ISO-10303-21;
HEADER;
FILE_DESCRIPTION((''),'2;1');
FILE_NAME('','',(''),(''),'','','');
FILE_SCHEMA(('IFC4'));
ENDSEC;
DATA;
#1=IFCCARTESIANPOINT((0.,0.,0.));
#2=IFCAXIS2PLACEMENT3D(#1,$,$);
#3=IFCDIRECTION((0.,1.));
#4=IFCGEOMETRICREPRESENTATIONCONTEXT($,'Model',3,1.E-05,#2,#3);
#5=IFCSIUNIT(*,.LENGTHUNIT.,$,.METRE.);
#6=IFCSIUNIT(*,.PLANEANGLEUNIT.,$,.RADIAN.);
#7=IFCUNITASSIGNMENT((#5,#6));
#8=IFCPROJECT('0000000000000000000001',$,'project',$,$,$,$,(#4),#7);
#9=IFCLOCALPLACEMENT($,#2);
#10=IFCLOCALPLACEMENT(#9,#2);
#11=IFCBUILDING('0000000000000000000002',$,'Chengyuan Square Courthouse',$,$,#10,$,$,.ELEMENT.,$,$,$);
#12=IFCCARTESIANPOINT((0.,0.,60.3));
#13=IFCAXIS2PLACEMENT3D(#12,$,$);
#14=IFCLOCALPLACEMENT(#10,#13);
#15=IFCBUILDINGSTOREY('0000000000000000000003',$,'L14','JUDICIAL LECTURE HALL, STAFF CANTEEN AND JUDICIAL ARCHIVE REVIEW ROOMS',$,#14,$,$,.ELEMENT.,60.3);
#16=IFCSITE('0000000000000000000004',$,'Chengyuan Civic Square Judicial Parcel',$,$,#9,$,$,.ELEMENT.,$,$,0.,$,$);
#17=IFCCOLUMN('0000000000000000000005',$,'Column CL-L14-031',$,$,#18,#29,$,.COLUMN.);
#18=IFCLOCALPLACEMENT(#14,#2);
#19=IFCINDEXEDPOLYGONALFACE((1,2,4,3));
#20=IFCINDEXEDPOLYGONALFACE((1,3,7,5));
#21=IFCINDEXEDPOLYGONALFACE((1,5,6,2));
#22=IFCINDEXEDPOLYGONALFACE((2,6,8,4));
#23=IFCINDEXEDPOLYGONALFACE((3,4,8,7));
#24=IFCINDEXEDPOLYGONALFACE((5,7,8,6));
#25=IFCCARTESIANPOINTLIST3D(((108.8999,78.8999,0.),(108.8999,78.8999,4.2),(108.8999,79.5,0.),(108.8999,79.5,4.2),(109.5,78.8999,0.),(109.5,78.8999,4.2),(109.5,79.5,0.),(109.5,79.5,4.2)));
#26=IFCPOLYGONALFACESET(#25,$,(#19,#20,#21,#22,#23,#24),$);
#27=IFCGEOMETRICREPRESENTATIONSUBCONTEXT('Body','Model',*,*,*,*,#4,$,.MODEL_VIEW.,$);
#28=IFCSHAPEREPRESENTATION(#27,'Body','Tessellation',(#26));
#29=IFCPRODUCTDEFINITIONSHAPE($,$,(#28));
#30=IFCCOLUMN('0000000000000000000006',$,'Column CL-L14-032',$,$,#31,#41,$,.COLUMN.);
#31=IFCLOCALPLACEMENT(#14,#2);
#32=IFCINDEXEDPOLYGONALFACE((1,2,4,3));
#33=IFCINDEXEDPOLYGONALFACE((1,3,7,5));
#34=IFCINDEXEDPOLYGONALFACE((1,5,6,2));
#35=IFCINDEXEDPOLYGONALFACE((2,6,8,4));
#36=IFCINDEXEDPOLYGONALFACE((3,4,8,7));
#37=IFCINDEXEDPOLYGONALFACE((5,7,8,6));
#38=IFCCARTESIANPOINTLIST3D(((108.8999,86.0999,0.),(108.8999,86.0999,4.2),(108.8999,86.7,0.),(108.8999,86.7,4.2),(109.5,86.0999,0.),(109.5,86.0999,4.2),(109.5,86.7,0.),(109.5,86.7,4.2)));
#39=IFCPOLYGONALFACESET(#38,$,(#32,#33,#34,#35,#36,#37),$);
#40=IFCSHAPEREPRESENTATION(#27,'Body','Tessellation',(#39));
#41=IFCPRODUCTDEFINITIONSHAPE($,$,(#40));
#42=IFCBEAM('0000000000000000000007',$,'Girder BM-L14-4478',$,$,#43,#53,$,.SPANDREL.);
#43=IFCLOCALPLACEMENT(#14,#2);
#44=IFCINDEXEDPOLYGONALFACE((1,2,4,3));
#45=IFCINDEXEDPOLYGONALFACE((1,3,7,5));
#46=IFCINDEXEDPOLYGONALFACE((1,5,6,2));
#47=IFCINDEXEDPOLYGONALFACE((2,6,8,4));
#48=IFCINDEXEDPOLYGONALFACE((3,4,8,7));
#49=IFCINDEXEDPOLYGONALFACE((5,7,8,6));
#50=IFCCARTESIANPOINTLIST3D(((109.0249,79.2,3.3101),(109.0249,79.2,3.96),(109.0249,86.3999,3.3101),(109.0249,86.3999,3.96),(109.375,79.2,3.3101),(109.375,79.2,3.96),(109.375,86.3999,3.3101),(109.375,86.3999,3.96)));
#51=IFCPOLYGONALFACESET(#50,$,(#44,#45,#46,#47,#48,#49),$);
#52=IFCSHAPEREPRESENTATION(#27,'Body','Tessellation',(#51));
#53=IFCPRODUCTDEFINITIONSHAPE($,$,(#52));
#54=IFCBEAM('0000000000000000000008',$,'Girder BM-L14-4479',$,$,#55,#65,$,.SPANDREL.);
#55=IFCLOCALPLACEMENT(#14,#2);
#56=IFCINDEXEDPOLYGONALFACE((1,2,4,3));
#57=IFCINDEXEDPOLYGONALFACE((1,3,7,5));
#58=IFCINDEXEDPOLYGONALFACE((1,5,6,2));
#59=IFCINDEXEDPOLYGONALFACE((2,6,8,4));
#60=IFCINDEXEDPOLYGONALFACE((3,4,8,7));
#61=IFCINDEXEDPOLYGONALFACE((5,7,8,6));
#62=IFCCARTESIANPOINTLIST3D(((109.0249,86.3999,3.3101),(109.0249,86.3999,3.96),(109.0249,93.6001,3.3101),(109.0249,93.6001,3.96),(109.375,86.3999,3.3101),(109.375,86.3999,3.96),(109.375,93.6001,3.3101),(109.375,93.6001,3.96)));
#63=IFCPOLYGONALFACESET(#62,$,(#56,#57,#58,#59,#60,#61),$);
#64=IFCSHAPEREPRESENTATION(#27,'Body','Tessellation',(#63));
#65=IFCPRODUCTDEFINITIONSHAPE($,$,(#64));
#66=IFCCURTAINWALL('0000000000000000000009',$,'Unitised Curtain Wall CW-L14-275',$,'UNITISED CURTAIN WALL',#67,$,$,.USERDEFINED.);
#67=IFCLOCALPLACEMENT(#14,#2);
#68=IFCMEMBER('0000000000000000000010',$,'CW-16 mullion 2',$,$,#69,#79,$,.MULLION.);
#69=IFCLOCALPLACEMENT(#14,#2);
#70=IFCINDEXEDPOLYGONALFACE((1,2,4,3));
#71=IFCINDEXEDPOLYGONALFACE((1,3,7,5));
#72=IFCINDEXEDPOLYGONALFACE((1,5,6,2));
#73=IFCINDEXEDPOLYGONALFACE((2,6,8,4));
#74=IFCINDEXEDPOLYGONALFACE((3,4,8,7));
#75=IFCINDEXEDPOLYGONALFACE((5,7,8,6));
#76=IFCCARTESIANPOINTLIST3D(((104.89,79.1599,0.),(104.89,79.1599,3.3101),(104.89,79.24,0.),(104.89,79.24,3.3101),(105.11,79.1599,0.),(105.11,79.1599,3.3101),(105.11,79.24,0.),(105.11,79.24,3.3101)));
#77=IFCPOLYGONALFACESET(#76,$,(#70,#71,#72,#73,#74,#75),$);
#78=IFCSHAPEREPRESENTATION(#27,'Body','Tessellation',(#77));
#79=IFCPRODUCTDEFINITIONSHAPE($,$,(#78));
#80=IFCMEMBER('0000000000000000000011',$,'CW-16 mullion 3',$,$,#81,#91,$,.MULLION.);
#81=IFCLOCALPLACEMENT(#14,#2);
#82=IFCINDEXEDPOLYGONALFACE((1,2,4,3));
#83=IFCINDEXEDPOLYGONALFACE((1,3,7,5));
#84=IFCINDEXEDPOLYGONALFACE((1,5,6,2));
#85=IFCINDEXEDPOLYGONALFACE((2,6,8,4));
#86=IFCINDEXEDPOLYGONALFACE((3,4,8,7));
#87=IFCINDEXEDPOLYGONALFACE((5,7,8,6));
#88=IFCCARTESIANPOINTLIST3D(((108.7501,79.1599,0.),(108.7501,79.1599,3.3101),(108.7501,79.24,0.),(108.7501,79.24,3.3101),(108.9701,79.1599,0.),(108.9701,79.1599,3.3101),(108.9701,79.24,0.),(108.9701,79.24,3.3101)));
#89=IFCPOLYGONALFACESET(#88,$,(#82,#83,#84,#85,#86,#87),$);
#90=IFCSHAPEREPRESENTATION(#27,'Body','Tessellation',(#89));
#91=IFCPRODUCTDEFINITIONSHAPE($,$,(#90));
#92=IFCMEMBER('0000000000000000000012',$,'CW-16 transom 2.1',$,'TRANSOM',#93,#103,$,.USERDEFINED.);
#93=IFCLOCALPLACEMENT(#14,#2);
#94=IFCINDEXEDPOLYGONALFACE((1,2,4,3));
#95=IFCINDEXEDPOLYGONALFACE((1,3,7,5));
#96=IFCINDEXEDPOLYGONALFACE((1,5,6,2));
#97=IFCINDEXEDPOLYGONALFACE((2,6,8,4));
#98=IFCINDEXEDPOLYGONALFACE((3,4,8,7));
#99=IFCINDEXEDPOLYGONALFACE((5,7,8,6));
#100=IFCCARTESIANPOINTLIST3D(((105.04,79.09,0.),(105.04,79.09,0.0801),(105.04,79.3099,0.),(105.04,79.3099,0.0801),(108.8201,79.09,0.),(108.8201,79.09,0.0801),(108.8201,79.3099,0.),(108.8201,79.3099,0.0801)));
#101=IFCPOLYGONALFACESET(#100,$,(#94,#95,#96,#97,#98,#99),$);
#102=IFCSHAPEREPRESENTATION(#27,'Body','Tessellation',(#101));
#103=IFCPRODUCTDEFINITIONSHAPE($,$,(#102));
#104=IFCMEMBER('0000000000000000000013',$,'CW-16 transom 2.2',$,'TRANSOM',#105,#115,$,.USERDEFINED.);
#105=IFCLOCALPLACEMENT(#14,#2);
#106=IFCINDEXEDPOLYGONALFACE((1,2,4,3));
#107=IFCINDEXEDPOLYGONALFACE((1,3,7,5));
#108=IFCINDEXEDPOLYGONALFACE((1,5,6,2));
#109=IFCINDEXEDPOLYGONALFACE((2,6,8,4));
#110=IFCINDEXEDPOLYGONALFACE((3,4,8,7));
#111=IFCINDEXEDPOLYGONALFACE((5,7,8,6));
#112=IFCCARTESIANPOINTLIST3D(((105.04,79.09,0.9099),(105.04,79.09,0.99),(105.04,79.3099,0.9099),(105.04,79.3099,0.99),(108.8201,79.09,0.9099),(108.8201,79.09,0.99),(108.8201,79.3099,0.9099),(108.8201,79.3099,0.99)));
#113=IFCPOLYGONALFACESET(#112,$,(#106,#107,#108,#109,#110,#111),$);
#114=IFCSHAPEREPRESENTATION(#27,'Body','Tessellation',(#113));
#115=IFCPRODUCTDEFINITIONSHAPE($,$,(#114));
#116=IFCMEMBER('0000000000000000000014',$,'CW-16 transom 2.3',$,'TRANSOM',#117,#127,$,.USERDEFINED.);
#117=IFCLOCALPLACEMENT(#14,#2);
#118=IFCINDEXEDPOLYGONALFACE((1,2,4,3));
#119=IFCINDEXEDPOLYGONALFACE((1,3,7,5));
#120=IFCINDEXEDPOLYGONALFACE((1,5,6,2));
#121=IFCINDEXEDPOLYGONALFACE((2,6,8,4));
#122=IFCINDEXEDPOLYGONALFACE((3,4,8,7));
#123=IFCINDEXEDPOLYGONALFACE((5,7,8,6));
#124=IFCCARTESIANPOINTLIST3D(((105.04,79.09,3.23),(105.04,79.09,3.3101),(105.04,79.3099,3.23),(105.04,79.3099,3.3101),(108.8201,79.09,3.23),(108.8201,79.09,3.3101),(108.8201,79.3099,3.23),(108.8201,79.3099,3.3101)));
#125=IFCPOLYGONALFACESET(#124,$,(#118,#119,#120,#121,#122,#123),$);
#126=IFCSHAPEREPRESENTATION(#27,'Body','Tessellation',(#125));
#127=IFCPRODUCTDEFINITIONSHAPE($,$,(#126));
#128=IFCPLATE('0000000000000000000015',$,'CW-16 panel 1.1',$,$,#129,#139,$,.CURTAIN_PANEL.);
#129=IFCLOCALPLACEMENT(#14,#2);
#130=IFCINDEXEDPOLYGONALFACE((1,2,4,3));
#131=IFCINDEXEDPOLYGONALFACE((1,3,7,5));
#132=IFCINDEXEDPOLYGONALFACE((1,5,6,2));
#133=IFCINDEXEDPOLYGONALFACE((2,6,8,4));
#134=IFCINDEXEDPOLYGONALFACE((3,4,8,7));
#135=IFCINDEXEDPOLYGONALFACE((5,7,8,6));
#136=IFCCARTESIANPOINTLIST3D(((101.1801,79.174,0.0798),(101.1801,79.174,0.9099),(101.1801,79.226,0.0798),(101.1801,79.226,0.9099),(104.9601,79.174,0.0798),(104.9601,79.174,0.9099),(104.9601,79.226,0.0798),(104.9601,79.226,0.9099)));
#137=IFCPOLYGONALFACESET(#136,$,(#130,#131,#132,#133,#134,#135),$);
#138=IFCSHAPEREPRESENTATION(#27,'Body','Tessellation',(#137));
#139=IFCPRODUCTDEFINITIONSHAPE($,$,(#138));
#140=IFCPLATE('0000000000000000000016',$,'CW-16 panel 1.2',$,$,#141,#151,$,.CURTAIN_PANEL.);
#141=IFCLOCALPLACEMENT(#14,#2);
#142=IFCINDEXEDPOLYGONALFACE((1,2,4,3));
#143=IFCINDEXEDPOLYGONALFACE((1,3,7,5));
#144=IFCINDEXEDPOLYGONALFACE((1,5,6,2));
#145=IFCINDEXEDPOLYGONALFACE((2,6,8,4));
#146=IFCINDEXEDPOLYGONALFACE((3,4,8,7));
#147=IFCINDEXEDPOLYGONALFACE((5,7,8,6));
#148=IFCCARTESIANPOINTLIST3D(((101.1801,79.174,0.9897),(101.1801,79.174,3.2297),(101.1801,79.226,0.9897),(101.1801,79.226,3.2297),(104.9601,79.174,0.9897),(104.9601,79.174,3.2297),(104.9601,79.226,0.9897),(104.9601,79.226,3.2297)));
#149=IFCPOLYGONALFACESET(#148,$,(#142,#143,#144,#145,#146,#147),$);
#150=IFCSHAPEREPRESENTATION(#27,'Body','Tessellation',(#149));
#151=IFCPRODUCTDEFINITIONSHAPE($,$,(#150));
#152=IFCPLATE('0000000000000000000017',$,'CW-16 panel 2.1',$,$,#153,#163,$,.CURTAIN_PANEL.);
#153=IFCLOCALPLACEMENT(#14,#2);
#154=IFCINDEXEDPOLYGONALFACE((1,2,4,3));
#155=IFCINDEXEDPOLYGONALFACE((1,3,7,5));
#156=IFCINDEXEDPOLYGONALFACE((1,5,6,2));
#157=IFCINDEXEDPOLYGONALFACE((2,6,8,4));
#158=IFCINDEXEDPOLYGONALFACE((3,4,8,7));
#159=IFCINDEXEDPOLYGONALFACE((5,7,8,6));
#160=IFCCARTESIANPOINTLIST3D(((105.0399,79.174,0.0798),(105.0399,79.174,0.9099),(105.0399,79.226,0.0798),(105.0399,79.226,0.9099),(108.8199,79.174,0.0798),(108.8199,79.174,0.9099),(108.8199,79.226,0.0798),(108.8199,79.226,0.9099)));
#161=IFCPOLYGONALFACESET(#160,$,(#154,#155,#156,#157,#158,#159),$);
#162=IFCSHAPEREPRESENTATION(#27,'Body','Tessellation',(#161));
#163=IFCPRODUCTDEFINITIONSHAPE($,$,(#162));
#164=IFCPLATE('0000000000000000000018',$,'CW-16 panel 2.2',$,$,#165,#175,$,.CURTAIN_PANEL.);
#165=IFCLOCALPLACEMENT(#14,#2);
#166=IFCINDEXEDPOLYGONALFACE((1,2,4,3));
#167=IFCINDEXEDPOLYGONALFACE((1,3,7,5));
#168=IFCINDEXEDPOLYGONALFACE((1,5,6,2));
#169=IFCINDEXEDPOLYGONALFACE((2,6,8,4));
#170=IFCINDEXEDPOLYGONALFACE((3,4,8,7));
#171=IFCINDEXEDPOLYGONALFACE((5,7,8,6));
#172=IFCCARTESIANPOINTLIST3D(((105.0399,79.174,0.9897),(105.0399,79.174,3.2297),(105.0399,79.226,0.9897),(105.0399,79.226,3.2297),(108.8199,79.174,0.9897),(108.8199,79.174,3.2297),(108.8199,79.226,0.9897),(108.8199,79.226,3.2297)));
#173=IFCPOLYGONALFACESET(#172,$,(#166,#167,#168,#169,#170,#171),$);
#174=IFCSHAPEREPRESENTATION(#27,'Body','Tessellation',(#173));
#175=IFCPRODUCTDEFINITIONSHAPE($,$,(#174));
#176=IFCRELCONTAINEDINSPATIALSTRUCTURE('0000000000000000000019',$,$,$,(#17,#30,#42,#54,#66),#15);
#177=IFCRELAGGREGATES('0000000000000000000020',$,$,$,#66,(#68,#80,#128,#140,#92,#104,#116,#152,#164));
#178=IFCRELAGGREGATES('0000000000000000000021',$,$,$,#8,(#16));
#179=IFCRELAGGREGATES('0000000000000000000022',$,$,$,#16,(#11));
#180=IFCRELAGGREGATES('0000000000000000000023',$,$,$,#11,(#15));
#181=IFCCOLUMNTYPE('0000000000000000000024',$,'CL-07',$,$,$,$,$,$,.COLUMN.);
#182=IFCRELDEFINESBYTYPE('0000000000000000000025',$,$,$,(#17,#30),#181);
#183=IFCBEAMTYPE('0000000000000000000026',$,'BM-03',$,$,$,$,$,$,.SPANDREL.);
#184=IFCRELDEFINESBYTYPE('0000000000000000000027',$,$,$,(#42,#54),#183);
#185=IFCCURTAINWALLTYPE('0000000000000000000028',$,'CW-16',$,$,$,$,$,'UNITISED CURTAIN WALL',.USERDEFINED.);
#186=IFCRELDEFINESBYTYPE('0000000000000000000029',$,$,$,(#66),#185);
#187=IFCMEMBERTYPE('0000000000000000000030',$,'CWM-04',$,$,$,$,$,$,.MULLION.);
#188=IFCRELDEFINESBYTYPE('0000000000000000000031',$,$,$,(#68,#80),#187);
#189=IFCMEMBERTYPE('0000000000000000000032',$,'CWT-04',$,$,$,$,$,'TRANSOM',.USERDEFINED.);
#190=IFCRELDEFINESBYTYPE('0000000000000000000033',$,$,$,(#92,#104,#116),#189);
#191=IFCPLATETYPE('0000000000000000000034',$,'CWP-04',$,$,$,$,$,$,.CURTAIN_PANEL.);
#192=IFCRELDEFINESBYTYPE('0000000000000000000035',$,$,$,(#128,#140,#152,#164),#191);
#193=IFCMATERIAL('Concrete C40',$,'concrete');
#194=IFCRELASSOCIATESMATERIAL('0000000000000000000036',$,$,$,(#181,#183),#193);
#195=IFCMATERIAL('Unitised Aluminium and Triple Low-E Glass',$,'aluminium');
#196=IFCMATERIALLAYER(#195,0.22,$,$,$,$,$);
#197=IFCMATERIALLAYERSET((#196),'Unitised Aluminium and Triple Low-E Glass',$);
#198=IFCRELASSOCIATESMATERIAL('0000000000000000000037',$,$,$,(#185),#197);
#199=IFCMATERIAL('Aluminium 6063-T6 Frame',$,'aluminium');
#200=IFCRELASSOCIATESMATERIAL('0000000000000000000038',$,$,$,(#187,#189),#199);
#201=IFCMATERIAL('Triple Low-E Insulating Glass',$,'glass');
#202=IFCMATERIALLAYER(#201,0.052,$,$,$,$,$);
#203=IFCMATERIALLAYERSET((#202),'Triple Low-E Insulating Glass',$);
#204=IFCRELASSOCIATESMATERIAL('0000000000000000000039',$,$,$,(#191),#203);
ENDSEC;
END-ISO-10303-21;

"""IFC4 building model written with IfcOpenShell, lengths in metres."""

from ifc_helpers import new_model, si_unit, direction, frame, origin, origin_2d, place, context, subcontext, project, spatial, rectangle, extrude, material, layer, layer_set, material_profile, profile_set, type_object, element, aggregate, save


model = new_model("IFC4")

# Units and contexts
model_context = context("Model", 3, precision=1e-05, world=origin(), true_north=direction((0.0, 1.0)))
body_context = subcontext(model_context, "Body", "Model", "MODEL_VIEW")
ifc_project = project(units=[si_unit("LENGTHUNIT", "METRE"), si_unit("PLANEANGLEUNIT", "RADIAN")], contexts=[model_context])

# Site, building, storey
site_placement = place(None, origin())
site = spatial("IfcSite", under=ifc_project, at=site_placement, Name="Chengyuan Civic Square Judicial Parcel", CompositionType="ELEMENT", RefElevation=0.0)
building_placement = place(site_placement, origin())
building = spatial("IfcBuilding", under=site, at=building_placement, Name="Chengyuan Square Courthouse", CompositionType="ELEMENT")
storey_placement = place(building_placement, frame((0.0, 0.0, 60.3)))
storey = spatial("IfcBuildingStorey", under=building, at=storey_placement, Name="L14", Description="JUDICIAL LECTURE HALL, STAFF CANTEEN AND JUDICIAL ARCHIVE REVIEW ROOMS", CompositionType="ELEMENT", Elevation=60.3)

# Columns
ifc_material_1 = material(Name="Concrete C40", Category="concrete")
ifc_material_profile_1 = material_profile(ifc_material_1, rectangle(XDim=0.6001, YDim=0.6001, at=origin_2d()), Name="RC-COL-600x600")
ifc_profile_set_1 = profile_set([ifc_material_profile_1], Name="Concrete C40")
column_type = type_object("IfcColumnType", Name="CL-07", PredefinedType="COLUMN", material=ifc_profile_set_1)
for number, where, z_axis, x_axis, name in (
    (1, (109.2, 79.2, 0.0), (0.0, 0.0, 1.0), (1.0, 0.0, 0.0), "Column CL-L14-031"),
    (2, (109.2, 86.3999, 0.0), (0.0, 0.0, 1.0), (1.0, 0.0, 0.0), "Column CL-L14-032"),
):
    element("IfcColumn", number, at=place(storey_placement, frame(where, z_axis=z_axis, x_axis=x_axis)), inside=storey, type_object=column_type, Name=name, PredefinedType="COLUMN", context=body_context, shape_type="SweptSolid", body=[
        extrude(rectangle(XDim=0.6001, YDim=0.6001, at=origin_2d()), origin(), (0.0, 0.0, 1.0), 4.2),
    ])

# Beams
ifc_material_profile_2 = material_profile(ifc_material_1, rectangle(XDim=0.3501, YDim=0.6499, at=origin_2d()), Name="RC-BM-350x650")
ifc_profile_set_2 = profile_set([ifc_material_profile_2], Name="Concrete C40")
beam_type = type_object("IfcBeamType", Name="BM-03", PredefinedType="SPANDREL", material=ifc_profile_set_2)
beam_1_placement = place(storey_placement, frame((109.2, 79.2, 3.635), z_axis=(0.0, 1.0, 0.0), x_axis=(-1.0, 0.0, 0.0)))
element("IfcBeam", 3, at=beam_1_placement, inside=storey, type_object=beam_type, Name="Girder BM-L14-4478", PredefinedType="SPANDREL", context=body_context, shape_type="SweptSolid", body=[
    extrude(rectangle(XDim=0.3501, YDim=0.6499, at=origin_2d()), origin(), (0.0, 0.0, 1.0), 7.2),
])
beam_2_placement = place(storey_placement, frame((109.2, 86.3999, 3.635), z_axis=(0.0, 1.0, 0.0), x_axis=(-1.0, 0.0, 0.0)))
element("IfcBeam", 4, at=beam_2_placement, inside=storey, type_object=beam_type, Name="Girder BM-L14-4479", PredefinedType="SPANDREL", context=body_context, shape_type="SweptSolid", body=[
    extrude(rectangle(XDim=0.3501, YDim=0.6499, at=origin_2d()), origin(), (0.0, 0.0, 1.0), 7.2002),
])

# Curtain wall, members, plates
ifc_material_2 = material(Name="Unitised Aluminium and Triple Low-E Glass", Category="aluminium")
ifc_layer_1 = layer(ifc_material_2, 0.22)
ifc_layer_set_1 = layer_set([ifc_layer_1], Name="Unitised Aluminium and Triple Low-E Glass")
curtain_wall_type = type_object("IfcCurtainWallType", Name="CW-16", ElementType="UNITISED CURTAIN WALL", PredefinedType="USERDEFINED", material=ifc_layer_set_1)
curtain_wall_placement = place(storey_placement, origin())
curtain_wall = element("IfcCurtainWall", 5, at=curtain_wall_placement, inside=storey, type_object=curtain_wall_type, Name="Unitised Curtain Wall CW-L14-275", ObjectType="UNITISED CURTAIN WALL", PredefinedType="USERDEFINED")
ifc_material_3 = material(Name="Aluminium 6063-T6 Frame", Category="aluminium")
ifc_material_profile_3 = material_profile(ifc_material_3, rectangle(XDim=0.0801, YDim=0.22, at=origin_2d()), Name="CW-MUL-80x220")
ifc_profile_set_3 = profile_set([ifc_material_profile_3], Name="Aluminium 6063-T6 Frame")
member_type_1 = type_object("IfcMemberType", Name="CWM-04", PredefinedType="MULLION", material=ifc_profile_set_3)
member_1_placement = place(storey_placement, frame((105.0, 79.2, 0.0), z_axis=(0.0, 0.0, 1.0), x_axis=(0.0, 1.0, 0.0)))
member_1 = element("IfcMember", 6, at=member_1_placement, type_object=member_type_1, Name="CW-16 mullion 2", PredefinedType="MULLION", context=body_context, shape_type="SweptSolid", body=[
    extrude(rectangle(XDim=0.0801, YDim=0.22, at=origin_2d()), origin(), (0.0, 0.0, 1.0), 3.3101),
])
member_2_placement = place(storey_placement, frame((108.8601, 79.2, 0.0), z_axis=(0.0, 0.0, 1.0), x_axis=(0.0, 1.0, 0.0)))
member_2 = element("IfcMember", 7, at=member_2_placement, type_object=member_type_1, Name="CW-16 mullion 3", PredefinedType="MULLION", context=body_context, shape_type="SweptSolid", body=[
    extrude(rectangle(XDim=0.0801, YDim=0.22, at=origin_2d()), origin(), (0.0, 0.0, 1.0), 3.3101),
])
ifc_material_profile_4 = material_profile(ifc_material_3, rectangle(XDim=0.22, YDim=0.0801, at=origin_2d()), Name="CW-TRN-80x180")
ifc_profile_set_4 = profile_set([ifc_material_profile_4], Name="Aluminium 6063-T6 Frame")
member_type_2 = type_object("IfcMemberType", Name="CWT-04", ElementType="TRANSOM", PredefinedType="USERDEFINED", material=ifc_profile_set_4)
member_3_placement = place(storey_placement, frame((105.04, 79.2, 0.04), z_axis=(1.0, 0.0, 0.0), x_axis=(0.0, 1.0, 0.0)))
member_3 = element("IfcMember", 8, at=member_3_placement, type_object=member_type_2, Name="CW-16 transom 2.1", ObjectType="TRANSOM", PredefinedType="USERDEFINED", context=body_context, shape_type="SweptSolid", body=[
    extrude(rectangle(XDim=0.22, YDim=0.0801, at=origin_2d()), origin(), (0.0, 0.0, 1.0), 3.78),
])
member_4_placement = place(storey_placement, frame((105.04, 79.2, 0.95), z_axis=(1.0, 0.0, 0.0), x_axis=(0.0, 1.0, 0.0)))
member_4 = element("IfcMember", 9, at=member_4_placement, type_object=member_type_2, Name="CW-16 transom 2.2", ObjectType="TRANSOM", PredefinedType="USERDEFINED", context=body_context, shape_type="SweptSolid", body=[
    extrude(rectangle(XDim=0.22, YDim=0.0801, at=origin_2d()), origin(), (0.0, 0.0, 1.0), 3.78),
])
member_5_placement = place(storey_placement, frame((105.04, 79.2, 3.27), z_axis=(1.0, 0.0, 0.0), x_axis=(0.0, 1.0, 0.0)))
member_5 = element("IfcMember", 10, at=member_5_placement, type_object=member_type_2, Name="CW-16 transom 2.3", ObjectType="TRANSOM", PredefinedType="USERDEFINED", context=body_context, shape_type="SweptSolid", body=[
    extrude(rectangle(XDim=0.22, YDim=0.0801, at=origin_2d()), origin(), (0.0, 0.0, 1.0), 3.78),
])
ifc_material_4 = material(Name="Triple Low-E Insulating Glass", Category="glass")
ifc_layer_2 = layer(ifc_material_4, 0.052)
ifc_layer_set_2 = layer_set([ifc_layer_2], Name="Triple Low-E Insulating Glass")
plate_type = type_object("IfcPlateType", Name="CWP-04", PredefinedType="CURTAIN_PANEL", material=ifc_layer_set_2)
plate_1_placement = place(storey_placement, frame((103.0701, 79.2, 0.0798), z_axis=(0.0, 0.0, 1.0), x_axis=(1.0, 0.0, 0.0)))
plate_1 = element("IfcPlate", 11, at=plate_1_placement, type_object=plate_type, Name="CW-16 panel 1.1", PredefinedType="CURTAIN_PANEL", context=body_context, shape_type="SweptSolid", body=[
    extrude(rectangle(XDim=3.78, YDim=0.052, at=origin_2d()), origin(), (0.0, 0.0, 1.0), 0.8301),
])
plate_2_placement = place(storey_placement, frame((103.0701, 79.2, 0.9897), z_axis=(0.0, 0.0, 1.0), x_axis=(1.0, 0.0, 0.0)))
plate_2 = element("IfcPlate", 12, at=plate_2_placement, type_object=plate_type, Name="CW-16 panel 1.2", PredefinedType="CURTAIN_PANEL", context=body_context, shape_type="SweptSolid", body=[
    extrude(rectangle(XDim=3.78, YDim=0.052, at=origin_2d()), origin(), (0.0, 0.0, 1.0), 2.24),
])
plate_3_placement = place(storey_placement, frame((106.9299, 79.2, 0.0798), z_axis=(0.0, 0.0, 1.0), x_axis=(1.0, 0.0, 0.0)))
plate_3 = element("IfcPlate", 13, at=plate_3_placement, type_object=plate_type, Name="CW-16 panel 2.1", PredefinedType="CURTAIN_PANEL", context=body_context, shape_type="SweptSolid", body=[
    extrude(rectangle(XDim=3.78, YDim=0.052, at=origin_2d()), origin(), (0.0, 0.0, 1.0), 0.8301),
])
plate_4_placement = place(storey_placement, frame((106.9299, 79.2, 0.9897), z_axis=(0.0, 0.0, 1.0), x_axis=(1.0, 0.0, 0.0)))
plate_4 = element("IfcPlate", 14, at=plate_4_placement, type_object=plate_type, Name="CW-16 panel 2.2", PredefinedType="CURTAIN_PANEL", context=body_context, shape_type="SweptSolid", body=[
    extrude(rectangle(XDim=3.78, YDim=0.052, at=origin_2d()), origin(), (0.0, 0.0, 1.0), 2.24),
])
aggregate(curtain_wall, [member_1, member_2, plate_1, plate_2, member_3, member_4, member_5, plate_3, plate_4])

save(model, "model.ifc")
